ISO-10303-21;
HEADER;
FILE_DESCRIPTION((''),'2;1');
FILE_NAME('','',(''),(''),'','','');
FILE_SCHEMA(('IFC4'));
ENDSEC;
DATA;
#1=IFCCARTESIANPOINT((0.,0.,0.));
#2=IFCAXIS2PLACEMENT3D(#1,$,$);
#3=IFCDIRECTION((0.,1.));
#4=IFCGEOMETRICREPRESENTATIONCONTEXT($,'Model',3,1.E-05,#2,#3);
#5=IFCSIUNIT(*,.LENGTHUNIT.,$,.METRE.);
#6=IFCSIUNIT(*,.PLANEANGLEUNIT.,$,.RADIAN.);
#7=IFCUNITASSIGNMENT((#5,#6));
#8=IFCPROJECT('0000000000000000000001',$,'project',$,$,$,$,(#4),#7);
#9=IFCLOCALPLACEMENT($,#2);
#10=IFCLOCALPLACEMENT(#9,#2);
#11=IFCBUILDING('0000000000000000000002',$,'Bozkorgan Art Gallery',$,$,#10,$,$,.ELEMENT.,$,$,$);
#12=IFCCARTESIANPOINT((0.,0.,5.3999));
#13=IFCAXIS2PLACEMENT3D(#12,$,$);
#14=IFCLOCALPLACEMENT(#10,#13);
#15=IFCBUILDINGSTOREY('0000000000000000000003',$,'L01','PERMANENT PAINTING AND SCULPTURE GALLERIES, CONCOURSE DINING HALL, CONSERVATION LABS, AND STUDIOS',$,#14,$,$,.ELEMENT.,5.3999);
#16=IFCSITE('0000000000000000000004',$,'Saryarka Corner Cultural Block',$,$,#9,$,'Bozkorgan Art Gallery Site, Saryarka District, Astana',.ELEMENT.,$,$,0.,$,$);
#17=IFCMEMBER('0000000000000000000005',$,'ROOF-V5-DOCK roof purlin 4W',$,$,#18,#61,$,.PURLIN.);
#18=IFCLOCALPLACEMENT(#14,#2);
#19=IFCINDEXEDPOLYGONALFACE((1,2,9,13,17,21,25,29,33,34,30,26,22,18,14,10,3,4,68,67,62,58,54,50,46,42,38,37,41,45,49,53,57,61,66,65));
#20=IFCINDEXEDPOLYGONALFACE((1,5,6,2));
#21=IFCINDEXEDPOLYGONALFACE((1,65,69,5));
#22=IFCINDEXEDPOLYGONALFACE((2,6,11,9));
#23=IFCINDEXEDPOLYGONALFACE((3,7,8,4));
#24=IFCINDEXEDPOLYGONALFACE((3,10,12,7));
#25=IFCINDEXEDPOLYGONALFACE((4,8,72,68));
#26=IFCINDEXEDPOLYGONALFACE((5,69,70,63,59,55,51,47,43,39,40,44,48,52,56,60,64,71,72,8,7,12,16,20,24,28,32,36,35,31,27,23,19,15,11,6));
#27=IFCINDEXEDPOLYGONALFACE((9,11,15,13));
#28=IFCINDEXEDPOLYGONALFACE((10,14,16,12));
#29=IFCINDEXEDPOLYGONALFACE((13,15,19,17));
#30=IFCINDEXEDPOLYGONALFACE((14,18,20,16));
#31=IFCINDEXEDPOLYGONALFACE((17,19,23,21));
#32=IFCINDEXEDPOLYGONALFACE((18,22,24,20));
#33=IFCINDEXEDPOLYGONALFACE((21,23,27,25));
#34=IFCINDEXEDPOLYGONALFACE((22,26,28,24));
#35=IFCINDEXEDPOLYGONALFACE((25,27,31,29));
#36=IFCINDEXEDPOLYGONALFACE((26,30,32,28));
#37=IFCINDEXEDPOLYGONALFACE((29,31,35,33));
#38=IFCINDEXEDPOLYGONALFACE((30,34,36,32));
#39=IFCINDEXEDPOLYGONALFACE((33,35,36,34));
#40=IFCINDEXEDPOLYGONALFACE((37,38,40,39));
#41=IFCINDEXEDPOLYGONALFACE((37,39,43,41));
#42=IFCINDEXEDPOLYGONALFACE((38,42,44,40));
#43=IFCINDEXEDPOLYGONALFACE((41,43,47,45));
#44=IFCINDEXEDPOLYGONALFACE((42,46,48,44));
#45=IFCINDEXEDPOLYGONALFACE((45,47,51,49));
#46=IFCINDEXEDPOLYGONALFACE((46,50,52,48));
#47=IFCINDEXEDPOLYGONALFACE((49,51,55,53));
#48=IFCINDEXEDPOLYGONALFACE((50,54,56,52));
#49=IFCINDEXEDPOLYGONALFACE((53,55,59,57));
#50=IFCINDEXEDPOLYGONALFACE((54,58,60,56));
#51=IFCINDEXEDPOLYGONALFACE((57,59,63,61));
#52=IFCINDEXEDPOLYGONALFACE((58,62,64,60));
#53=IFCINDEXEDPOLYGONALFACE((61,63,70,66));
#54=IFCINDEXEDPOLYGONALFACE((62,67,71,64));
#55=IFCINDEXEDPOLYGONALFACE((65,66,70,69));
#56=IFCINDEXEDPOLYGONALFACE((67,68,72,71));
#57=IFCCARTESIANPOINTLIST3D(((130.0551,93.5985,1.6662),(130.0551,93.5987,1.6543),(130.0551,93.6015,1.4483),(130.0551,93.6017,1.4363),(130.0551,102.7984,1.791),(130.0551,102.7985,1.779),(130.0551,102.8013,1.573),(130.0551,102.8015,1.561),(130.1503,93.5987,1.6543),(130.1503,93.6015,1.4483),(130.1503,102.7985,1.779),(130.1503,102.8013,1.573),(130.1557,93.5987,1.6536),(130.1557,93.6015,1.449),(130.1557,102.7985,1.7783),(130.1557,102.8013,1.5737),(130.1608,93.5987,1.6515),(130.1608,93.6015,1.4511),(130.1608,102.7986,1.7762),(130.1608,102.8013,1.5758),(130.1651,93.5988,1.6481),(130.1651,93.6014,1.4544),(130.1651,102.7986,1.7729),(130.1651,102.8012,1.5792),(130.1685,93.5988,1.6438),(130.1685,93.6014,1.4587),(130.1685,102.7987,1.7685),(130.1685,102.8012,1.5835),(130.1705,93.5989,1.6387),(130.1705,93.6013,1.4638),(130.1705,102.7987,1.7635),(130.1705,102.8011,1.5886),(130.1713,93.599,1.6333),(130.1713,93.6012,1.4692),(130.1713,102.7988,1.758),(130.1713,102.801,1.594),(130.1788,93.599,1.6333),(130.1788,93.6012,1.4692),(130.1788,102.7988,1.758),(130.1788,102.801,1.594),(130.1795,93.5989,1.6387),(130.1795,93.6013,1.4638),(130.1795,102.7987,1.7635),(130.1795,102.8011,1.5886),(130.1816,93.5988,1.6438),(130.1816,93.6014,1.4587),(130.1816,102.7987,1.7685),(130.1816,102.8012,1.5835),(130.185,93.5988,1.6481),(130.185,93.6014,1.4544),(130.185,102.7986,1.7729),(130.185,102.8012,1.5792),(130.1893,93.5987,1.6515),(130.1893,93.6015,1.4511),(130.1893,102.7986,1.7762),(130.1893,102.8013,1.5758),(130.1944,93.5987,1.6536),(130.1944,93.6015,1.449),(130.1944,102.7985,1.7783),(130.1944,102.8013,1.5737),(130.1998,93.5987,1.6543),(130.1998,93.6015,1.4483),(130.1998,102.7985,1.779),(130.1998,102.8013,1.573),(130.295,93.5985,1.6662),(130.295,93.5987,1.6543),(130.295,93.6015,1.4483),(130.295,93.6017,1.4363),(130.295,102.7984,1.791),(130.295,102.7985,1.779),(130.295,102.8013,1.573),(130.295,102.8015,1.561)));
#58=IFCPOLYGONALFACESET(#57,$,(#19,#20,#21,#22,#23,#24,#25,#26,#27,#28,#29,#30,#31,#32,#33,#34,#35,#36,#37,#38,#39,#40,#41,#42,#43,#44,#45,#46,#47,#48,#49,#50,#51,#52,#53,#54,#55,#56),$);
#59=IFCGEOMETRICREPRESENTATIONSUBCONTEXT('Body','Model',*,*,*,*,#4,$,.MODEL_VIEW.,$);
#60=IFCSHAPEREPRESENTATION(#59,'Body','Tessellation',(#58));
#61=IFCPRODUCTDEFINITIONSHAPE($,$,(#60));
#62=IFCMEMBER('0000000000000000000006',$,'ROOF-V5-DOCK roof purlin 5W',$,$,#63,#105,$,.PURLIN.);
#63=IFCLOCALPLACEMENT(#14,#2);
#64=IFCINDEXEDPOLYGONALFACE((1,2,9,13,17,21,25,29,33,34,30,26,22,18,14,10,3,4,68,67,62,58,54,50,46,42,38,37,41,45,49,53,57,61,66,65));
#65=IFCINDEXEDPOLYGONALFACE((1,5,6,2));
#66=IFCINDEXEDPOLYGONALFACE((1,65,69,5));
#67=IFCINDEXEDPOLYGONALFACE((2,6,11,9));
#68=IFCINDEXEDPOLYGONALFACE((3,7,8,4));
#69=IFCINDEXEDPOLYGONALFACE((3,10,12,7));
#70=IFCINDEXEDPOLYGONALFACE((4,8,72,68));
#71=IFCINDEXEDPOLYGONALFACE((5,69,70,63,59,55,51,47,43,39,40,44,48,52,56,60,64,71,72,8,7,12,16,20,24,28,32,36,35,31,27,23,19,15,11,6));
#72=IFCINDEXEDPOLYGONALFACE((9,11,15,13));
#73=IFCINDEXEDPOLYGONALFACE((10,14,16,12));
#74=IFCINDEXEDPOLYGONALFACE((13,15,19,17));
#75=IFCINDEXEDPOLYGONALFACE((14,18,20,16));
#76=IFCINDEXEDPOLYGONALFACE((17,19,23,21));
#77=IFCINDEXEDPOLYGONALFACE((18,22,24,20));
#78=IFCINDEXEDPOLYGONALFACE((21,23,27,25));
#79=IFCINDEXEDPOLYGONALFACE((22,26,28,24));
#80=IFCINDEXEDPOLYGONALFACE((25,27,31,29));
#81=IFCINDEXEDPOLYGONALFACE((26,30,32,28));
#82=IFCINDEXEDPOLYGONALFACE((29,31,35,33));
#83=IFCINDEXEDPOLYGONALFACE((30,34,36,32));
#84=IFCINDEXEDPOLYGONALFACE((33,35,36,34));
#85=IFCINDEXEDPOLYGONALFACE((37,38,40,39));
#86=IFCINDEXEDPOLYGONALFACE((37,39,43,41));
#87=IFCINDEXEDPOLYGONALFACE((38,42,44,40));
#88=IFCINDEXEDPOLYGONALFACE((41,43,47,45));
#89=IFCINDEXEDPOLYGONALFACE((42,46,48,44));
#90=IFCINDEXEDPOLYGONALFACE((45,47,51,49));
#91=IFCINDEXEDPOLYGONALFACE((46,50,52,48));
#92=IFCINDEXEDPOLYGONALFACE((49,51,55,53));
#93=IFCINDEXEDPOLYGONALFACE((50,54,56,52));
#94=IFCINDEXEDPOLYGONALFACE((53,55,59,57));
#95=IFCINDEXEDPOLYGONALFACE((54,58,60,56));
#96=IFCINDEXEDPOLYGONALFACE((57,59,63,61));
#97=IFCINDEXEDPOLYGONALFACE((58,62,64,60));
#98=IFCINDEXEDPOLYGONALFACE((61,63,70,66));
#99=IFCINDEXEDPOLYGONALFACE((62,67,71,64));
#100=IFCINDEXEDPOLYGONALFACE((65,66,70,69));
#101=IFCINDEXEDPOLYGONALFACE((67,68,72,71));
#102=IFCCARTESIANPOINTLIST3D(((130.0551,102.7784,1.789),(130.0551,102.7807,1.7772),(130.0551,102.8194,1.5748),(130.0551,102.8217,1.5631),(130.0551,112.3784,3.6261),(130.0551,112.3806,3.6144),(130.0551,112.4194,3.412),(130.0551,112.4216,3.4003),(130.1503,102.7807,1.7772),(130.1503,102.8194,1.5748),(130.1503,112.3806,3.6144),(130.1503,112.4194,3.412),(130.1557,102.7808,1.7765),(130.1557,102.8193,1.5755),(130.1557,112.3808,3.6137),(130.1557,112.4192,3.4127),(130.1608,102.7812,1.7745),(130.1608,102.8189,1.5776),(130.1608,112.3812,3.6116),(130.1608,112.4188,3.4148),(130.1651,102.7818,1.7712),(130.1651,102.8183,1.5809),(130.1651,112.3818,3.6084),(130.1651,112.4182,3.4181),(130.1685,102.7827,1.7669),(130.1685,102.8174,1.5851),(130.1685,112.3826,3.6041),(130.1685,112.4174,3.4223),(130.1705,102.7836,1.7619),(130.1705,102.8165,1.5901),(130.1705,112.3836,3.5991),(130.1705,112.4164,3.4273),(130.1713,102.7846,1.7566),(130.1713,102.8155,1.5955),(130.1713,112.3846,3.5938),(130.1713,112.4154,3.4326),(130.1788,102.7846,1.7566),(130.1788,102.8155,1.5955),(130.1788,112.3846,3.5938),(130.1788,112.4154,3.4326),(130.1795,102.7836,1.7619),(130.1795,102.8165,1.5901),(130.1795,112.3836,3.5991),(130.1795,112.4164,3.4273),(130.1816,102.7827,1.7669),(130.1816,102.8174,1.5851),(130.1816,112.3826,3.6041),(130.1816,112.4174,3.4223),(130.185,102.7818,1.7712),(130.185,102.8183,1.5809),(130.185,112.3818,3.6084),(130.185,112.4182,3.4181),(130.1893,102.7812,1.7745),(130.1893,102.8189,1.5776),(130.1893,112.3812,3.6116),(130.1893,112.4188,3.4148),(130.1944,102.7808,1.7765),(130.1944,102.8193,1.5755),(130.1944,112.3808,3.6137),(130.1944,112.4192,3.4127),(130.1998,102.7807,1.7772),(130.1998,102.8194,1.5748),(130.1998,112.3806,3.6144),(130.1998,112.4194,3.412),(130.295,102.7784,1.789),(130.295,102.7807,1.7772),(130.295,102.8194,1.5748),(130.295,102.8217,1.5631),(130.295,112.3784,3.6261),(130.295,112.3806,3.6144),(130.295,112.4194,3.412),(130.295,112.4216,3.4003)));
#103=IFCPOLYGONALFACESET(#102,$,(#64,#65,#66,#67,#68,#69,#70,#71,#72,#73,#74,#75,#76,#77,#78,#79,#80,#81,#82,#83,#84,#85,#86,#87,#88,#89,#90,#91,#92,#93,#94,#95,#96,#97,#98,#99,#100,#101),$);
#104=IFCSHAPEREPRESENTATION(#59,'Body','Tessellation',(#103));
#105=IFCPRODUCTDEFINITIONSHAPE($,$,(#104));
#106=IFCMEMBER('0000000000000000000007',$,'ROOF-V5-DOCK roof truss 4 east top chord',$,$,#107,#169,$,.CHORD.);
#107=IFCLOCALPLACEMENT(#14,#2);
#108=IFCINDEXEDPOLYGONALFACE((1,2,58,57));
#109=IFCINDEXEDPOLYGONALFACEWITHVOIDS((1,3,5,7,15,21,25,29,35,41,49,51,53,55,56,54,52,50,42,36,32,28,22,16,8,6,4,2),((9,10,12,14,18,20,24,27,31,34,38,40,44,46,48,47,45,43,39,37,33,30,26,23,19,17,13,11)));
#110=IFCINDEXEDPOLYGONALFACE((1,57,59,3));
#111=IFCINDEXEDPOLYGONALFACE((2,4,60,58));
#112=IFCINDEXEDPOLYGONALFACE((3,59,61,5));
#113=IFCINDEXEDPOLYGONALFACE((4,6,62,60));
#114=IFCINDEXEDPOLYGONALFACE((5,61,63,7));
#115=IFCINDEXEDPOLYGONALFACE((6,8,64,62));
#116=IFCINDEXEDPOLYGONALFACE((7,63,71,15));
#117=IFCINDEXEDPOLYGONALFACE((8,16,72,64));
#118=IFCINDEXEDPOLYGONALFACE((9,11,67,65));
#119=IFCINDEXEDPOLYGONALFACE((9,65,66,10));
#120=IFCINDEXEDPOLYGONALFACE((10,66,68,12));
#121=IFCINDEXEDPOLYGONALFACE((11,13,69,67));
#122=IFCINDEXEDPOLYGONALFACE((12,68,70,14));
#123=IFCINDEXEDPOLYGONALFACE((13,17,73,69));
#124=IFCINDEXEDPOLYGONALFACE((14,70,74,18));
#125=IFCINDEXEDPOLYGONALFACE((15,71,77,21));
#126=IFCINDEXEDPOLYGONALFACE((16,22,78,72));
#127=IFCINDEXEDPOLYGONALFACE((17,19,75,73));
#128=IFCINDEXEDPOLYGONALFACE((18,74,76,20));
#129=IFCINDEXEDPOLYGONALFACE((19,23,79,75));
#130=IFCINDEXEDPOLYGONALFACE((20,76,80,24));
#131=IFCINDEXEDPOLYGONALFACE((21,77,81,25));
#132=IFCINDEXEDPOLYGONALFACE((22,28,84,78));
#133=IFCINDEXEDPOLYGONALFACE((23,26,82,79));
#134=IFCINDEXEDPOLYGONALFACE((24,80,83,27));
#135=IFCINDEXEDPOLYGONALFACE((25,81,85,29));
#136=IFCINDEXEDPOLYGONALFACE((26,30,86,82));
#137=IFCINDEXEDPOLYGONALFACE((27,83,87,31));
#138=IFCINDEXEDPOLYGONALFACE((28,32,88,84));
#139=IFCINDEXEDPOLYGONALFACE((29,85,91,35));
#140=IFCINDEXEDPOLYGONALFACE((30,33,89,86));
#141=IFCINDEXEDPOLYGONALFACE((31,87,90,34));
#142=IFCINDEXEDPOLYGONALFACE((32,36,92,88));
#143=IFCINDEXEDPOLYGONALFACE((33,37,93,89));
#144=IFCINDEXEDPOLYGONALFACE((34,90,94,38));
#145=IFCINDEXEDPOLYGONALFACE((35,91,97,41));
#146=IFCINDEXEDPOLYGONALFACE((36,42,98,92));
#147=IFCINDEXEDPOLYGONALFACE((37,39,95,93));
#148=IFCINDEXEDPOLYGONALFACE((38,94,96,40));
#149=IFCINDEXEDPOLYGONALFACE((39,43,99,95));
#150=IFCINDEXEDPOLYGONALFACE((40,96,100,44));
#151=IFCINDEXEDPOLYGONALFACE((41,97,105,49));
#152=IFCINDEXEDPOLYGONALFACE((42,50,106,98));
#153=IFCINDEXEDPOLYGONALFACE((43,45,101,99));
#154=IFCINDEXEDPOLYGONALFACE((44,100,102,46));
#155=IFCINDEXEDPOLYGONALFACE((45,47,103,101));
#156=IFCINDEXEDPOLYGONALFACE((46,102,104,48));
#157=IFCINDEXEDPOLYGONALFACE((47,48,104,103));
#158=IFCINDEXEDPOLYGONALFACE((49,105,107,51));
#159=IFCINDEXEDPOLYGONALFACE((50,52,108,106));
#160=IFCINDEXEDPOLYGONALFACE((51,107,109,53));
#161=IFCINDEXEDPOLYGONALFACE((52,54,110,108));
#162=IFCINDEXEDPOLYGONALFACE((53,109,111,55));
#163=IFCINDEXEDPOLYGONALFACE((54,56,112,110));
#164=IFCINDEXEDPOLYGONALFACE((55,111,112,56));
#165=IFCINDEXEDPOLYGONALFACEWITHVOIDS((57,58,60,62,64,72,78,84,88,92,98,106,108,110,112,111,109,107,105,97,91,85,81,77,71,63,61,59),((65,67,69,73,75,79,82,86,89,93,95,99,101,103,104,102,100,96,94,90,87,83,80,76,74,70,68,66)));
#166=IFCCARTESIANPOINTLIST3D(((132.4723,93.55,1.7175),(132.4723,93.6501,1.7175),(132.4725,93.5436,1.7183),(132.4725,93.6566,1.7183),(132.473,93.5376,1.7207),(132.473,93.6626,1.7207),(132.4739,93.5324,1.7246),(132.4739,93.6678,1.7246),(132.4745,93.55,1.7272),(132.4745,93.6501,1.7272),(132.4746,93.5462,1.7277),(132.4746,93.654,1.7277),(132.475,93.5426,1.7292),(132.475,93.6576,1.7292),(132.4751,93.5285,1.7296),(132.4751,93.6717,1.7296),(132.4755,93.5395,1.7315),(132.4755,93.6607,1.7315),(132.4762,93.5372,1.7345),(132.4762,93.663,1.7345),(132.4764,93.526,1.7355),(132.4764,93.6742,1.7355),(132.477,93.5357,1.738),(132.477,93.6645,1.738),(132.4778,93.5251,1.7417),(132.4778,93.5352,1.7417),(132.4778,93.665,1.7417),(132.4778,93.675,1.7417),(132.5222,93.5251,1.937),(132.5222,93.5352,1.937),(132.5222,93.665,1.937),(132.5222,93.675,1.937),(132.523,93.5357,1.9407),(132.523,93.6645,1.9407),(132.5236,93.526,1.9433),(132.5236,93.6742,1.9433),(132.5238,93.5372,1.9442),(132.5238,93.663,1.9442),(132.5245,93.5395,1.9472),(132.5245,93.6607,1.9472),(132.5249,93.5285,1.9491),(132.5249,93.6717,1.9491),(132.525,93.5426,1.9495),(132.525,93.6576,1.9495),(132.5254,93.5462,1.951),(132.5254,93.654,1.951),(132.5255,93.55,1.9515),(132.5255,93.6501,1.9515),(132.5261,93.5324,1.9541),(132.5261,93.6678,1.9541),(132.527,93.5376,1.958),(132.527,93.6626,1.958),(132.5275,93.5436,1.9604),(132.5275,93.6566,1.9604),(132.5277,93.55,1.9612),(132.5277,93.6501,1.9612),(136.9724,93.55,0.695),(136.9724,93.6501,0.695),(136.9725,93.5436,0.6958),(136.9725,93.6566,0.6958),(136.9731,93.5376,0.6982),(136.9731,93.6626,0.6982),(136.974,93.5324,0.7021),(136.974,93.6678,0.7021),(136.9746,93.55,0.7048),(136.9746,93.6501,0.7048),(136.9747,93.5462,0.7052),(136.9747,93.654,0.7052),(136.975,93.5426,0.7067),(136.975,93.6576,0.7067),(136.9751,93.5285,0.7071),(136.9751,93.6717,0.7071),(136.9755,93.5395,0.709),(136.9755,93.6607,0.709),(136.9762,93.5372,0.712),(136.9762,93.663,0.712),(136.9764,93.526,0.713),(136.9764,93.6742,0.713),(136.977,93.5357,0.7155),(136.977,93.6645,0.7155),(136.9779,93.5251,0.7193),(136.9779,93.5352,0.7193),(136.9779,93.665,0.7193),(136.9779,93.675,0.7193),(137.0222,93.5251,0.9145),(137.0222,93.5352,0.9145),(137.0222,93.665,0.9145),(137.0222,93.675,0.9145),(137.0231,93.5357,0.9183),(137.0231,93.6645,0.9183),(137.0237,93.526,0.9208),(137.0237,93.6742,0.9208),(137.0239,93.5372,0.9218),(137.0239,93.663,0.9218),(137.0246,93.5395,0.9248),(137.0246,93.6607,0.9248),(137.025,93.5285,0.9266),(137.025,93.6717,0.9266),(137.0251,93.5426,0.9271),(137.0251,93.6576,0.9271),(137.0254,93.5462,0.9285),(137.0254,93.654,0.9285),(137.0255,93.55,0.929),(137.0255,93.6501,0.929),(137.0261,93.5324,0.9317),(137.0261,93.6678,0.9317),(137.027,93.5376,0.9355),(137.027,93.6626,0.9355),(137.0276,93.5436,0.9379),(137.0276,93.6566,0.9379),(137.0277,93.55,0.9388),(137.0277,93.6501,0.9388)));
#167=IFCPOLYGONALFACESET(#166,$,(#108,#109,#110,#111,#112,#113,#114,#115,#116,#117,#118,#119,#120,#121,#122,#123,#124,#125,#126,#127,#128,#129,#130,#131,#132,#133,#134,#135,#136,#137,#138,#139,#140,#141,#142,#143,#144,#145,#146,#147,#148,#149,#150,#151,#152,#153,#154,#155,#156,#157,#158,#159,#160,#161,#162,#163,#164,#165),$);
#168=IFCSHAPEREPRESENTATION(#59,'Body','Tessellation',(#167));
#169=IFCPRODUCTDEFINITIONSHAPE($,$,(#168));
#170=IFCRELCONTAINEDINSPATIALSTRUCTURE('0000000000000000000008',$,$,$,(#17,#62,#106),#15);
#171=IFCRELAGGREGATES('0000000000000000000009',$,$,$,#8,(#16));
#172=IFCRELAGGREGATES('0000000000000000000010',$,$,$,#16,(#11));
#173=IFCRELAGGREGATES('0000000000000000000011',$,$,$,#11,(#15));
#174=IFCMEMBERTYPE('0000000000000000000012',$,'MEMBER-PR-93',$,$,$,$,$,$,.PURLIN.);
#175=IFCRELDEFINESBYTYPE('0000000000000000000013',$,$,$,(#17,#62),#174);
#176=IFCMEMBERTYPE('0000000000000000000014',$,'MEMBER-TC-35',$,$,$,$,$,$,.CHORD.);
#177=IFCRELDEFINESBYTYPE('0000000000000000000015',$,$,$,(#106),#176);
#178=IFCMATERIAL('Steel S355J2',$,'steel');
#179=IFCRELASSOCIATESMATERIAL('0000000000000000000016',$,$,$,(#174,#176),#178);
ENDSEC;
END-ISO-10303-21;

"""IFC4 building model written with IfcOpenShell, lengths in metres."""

from ifc_helpers import new_model, si_unit, direction, frame, origin, origin_2d, place, context, subcontext, project, spatial, hollow_rectangle, i_section, extrude, material, material_profile, profile_set, type_object, element, save


model = new_model("IFC4")

# Units and contexts
model_context = context("Model", 3, precision=1e-05, world=origin(), true_north=direction((0.0, 1.0)))
body_context = subcontext(model_context, "Body", "Model", "MODEL_VIEW")
ifc_project = project(units=[si_unit("LENGTHUNIT", "METRE"), si_unit("PLANEANGLEUNIT", "RADIAN")], contexts=[model_context])

# Site, building, storey
site_placement = place(None, origin())
site = spatial("IfcSite", under=ifc_project, at=site_placement, Name="Saryarka Corner Cultural Block", LongName="Bozkorgan Art Gallery Site, Saryarka District, Astana", CompositionType="ELEMENT", RefElevation=0.0)
building_placement = place(site_placement, origin())
building = spatial("IfcBuilding", under=site, at=building_placement, Name="Bozkorgan Art Gallery", CompositionType="ELEMENT")
storey_placement = place(building_placement, frame((0.0, 0.0, 5.3999)))
storey = spatial("IfcBuildingStorey", under=building, at=storey_placement, Name="L01", Description="PERMANENT PAINTING AND SCULPTURE GALLERIES, CONCOURSE DINING HALL, CONSERVATION LABS, AND STUDIOS", CompositionType="ELEMENT", Elevation=5.3999)

# Members
ifc_material_1 = material(Name="Steel S355J2", Category="steel")
ifc_material_profile_1 = material_profile(ifc_material_1, i_section(OverallWidth=0.24, OverallDepth=0.23, WebThickness=0.0076, FlangeThickness=0.012, FilletRadius=0.021, at=origin_2d()), Name="HEA 240")
ifc_profile_set_1 = profile_set([ifc_material_profile_1], Name="Steel S355J2")
member_type_1 = type_object("IfcMemberType", Name="MEMBER-PR-93", PredefinedType="PURLIN", material=ifc_profile_set_1)
member_1_placement = place(storey_placement, frame((130.175, 93.6001, 1.5513), z_axis=(0.0, 0.999908, 0.013559), x_axis=(-1.0, 0.0, 0.0)))
element("IfcMember", 1, at=member_1_placement, inside=storey, type_object=member_type_1, Name="ROOF-V5-DOCK roof purlin 4W", PredefinedType="PURLIN", context=body_context, shape_type="SweptSolid", body=[
    extrude(i_section(OverallWidth=0.24, OverallDepth=0.23, WebThickness=0.0076, FlangeThickness=0.012, FilletRadius=0.021, at=origin_2d()), origin(), (0.0, 0.0, 1.0), 9.2007),
])
member_2_placement = place(storey_placement, frame((130.175, 102.8, 1.676), z_axis=(0.0, 0.982176, 0.187963), x_axis=(-1.0, 0.0, 0.0)))
element("IfcMember", 2, at=member_2_placement, inside=storey, type_object=member_type_1, Name="ROOF-V5-DOCK roof purlin 5W", PredefinedType="PURLIN", context=body_context, shape_type="SweptSolid", body=[
    extrude(i_section(OverallWidth=0.24, OverallDepth=0.23, WebThickness=0.0076, FlangeThickness=0.012, FilletRadius=0.021, at=origin_2d()), origin(), (0.0, 0.0, 1.0), 9.7742),
])
ifc_material_profile_2 = material_profile(ifc_material_1, hollow_rectangle(XDim=0.1499, YDim=0.25, WallThickness=0.01, InnerFilletRadius=0.0149, OuterFilletRadius=0.0249, at=origin_2d()), Name="RHS 250x150x10")
ifc_profile_set_2 = profile_set([ifc_material_profile_2], Name="Steel S355J2")
member_type_2 = type_object("IfcMemberType", Name="MEMBER-TC-35", PredefinedType="CHORD", material=ifc_profile_set_2)
for number, where, z_axis, x_axis, name in (
    (3, (132.5, 93.6001, 1.8394), (0.975145, 0.0, -0.221566), (0.0, 1.0, 0.0), "ROOF-V5-DOCK roof truss 4 east top chord"),
):
    element("IfcMember", number, at=place(storey_placement, frame(where, z_axis=z_axis, x_axis=x_axis)), inside=storey, type_object=member_type_2, Name=name, PredefinedType="CHORD", context=body_context, shape_type="SweptSolid", body=[
        extrude(hollow_rectangle(XDim=0.1499, YDim=0.25, WallThickness=0.01, InnerFilletRadius=0.0149, OuterFilletRadius=0.0249, at=origin_2d()), origin(), (0.0, 0.0, 1.0), 4.6147),
    ])

save(model, "model.ifc")
